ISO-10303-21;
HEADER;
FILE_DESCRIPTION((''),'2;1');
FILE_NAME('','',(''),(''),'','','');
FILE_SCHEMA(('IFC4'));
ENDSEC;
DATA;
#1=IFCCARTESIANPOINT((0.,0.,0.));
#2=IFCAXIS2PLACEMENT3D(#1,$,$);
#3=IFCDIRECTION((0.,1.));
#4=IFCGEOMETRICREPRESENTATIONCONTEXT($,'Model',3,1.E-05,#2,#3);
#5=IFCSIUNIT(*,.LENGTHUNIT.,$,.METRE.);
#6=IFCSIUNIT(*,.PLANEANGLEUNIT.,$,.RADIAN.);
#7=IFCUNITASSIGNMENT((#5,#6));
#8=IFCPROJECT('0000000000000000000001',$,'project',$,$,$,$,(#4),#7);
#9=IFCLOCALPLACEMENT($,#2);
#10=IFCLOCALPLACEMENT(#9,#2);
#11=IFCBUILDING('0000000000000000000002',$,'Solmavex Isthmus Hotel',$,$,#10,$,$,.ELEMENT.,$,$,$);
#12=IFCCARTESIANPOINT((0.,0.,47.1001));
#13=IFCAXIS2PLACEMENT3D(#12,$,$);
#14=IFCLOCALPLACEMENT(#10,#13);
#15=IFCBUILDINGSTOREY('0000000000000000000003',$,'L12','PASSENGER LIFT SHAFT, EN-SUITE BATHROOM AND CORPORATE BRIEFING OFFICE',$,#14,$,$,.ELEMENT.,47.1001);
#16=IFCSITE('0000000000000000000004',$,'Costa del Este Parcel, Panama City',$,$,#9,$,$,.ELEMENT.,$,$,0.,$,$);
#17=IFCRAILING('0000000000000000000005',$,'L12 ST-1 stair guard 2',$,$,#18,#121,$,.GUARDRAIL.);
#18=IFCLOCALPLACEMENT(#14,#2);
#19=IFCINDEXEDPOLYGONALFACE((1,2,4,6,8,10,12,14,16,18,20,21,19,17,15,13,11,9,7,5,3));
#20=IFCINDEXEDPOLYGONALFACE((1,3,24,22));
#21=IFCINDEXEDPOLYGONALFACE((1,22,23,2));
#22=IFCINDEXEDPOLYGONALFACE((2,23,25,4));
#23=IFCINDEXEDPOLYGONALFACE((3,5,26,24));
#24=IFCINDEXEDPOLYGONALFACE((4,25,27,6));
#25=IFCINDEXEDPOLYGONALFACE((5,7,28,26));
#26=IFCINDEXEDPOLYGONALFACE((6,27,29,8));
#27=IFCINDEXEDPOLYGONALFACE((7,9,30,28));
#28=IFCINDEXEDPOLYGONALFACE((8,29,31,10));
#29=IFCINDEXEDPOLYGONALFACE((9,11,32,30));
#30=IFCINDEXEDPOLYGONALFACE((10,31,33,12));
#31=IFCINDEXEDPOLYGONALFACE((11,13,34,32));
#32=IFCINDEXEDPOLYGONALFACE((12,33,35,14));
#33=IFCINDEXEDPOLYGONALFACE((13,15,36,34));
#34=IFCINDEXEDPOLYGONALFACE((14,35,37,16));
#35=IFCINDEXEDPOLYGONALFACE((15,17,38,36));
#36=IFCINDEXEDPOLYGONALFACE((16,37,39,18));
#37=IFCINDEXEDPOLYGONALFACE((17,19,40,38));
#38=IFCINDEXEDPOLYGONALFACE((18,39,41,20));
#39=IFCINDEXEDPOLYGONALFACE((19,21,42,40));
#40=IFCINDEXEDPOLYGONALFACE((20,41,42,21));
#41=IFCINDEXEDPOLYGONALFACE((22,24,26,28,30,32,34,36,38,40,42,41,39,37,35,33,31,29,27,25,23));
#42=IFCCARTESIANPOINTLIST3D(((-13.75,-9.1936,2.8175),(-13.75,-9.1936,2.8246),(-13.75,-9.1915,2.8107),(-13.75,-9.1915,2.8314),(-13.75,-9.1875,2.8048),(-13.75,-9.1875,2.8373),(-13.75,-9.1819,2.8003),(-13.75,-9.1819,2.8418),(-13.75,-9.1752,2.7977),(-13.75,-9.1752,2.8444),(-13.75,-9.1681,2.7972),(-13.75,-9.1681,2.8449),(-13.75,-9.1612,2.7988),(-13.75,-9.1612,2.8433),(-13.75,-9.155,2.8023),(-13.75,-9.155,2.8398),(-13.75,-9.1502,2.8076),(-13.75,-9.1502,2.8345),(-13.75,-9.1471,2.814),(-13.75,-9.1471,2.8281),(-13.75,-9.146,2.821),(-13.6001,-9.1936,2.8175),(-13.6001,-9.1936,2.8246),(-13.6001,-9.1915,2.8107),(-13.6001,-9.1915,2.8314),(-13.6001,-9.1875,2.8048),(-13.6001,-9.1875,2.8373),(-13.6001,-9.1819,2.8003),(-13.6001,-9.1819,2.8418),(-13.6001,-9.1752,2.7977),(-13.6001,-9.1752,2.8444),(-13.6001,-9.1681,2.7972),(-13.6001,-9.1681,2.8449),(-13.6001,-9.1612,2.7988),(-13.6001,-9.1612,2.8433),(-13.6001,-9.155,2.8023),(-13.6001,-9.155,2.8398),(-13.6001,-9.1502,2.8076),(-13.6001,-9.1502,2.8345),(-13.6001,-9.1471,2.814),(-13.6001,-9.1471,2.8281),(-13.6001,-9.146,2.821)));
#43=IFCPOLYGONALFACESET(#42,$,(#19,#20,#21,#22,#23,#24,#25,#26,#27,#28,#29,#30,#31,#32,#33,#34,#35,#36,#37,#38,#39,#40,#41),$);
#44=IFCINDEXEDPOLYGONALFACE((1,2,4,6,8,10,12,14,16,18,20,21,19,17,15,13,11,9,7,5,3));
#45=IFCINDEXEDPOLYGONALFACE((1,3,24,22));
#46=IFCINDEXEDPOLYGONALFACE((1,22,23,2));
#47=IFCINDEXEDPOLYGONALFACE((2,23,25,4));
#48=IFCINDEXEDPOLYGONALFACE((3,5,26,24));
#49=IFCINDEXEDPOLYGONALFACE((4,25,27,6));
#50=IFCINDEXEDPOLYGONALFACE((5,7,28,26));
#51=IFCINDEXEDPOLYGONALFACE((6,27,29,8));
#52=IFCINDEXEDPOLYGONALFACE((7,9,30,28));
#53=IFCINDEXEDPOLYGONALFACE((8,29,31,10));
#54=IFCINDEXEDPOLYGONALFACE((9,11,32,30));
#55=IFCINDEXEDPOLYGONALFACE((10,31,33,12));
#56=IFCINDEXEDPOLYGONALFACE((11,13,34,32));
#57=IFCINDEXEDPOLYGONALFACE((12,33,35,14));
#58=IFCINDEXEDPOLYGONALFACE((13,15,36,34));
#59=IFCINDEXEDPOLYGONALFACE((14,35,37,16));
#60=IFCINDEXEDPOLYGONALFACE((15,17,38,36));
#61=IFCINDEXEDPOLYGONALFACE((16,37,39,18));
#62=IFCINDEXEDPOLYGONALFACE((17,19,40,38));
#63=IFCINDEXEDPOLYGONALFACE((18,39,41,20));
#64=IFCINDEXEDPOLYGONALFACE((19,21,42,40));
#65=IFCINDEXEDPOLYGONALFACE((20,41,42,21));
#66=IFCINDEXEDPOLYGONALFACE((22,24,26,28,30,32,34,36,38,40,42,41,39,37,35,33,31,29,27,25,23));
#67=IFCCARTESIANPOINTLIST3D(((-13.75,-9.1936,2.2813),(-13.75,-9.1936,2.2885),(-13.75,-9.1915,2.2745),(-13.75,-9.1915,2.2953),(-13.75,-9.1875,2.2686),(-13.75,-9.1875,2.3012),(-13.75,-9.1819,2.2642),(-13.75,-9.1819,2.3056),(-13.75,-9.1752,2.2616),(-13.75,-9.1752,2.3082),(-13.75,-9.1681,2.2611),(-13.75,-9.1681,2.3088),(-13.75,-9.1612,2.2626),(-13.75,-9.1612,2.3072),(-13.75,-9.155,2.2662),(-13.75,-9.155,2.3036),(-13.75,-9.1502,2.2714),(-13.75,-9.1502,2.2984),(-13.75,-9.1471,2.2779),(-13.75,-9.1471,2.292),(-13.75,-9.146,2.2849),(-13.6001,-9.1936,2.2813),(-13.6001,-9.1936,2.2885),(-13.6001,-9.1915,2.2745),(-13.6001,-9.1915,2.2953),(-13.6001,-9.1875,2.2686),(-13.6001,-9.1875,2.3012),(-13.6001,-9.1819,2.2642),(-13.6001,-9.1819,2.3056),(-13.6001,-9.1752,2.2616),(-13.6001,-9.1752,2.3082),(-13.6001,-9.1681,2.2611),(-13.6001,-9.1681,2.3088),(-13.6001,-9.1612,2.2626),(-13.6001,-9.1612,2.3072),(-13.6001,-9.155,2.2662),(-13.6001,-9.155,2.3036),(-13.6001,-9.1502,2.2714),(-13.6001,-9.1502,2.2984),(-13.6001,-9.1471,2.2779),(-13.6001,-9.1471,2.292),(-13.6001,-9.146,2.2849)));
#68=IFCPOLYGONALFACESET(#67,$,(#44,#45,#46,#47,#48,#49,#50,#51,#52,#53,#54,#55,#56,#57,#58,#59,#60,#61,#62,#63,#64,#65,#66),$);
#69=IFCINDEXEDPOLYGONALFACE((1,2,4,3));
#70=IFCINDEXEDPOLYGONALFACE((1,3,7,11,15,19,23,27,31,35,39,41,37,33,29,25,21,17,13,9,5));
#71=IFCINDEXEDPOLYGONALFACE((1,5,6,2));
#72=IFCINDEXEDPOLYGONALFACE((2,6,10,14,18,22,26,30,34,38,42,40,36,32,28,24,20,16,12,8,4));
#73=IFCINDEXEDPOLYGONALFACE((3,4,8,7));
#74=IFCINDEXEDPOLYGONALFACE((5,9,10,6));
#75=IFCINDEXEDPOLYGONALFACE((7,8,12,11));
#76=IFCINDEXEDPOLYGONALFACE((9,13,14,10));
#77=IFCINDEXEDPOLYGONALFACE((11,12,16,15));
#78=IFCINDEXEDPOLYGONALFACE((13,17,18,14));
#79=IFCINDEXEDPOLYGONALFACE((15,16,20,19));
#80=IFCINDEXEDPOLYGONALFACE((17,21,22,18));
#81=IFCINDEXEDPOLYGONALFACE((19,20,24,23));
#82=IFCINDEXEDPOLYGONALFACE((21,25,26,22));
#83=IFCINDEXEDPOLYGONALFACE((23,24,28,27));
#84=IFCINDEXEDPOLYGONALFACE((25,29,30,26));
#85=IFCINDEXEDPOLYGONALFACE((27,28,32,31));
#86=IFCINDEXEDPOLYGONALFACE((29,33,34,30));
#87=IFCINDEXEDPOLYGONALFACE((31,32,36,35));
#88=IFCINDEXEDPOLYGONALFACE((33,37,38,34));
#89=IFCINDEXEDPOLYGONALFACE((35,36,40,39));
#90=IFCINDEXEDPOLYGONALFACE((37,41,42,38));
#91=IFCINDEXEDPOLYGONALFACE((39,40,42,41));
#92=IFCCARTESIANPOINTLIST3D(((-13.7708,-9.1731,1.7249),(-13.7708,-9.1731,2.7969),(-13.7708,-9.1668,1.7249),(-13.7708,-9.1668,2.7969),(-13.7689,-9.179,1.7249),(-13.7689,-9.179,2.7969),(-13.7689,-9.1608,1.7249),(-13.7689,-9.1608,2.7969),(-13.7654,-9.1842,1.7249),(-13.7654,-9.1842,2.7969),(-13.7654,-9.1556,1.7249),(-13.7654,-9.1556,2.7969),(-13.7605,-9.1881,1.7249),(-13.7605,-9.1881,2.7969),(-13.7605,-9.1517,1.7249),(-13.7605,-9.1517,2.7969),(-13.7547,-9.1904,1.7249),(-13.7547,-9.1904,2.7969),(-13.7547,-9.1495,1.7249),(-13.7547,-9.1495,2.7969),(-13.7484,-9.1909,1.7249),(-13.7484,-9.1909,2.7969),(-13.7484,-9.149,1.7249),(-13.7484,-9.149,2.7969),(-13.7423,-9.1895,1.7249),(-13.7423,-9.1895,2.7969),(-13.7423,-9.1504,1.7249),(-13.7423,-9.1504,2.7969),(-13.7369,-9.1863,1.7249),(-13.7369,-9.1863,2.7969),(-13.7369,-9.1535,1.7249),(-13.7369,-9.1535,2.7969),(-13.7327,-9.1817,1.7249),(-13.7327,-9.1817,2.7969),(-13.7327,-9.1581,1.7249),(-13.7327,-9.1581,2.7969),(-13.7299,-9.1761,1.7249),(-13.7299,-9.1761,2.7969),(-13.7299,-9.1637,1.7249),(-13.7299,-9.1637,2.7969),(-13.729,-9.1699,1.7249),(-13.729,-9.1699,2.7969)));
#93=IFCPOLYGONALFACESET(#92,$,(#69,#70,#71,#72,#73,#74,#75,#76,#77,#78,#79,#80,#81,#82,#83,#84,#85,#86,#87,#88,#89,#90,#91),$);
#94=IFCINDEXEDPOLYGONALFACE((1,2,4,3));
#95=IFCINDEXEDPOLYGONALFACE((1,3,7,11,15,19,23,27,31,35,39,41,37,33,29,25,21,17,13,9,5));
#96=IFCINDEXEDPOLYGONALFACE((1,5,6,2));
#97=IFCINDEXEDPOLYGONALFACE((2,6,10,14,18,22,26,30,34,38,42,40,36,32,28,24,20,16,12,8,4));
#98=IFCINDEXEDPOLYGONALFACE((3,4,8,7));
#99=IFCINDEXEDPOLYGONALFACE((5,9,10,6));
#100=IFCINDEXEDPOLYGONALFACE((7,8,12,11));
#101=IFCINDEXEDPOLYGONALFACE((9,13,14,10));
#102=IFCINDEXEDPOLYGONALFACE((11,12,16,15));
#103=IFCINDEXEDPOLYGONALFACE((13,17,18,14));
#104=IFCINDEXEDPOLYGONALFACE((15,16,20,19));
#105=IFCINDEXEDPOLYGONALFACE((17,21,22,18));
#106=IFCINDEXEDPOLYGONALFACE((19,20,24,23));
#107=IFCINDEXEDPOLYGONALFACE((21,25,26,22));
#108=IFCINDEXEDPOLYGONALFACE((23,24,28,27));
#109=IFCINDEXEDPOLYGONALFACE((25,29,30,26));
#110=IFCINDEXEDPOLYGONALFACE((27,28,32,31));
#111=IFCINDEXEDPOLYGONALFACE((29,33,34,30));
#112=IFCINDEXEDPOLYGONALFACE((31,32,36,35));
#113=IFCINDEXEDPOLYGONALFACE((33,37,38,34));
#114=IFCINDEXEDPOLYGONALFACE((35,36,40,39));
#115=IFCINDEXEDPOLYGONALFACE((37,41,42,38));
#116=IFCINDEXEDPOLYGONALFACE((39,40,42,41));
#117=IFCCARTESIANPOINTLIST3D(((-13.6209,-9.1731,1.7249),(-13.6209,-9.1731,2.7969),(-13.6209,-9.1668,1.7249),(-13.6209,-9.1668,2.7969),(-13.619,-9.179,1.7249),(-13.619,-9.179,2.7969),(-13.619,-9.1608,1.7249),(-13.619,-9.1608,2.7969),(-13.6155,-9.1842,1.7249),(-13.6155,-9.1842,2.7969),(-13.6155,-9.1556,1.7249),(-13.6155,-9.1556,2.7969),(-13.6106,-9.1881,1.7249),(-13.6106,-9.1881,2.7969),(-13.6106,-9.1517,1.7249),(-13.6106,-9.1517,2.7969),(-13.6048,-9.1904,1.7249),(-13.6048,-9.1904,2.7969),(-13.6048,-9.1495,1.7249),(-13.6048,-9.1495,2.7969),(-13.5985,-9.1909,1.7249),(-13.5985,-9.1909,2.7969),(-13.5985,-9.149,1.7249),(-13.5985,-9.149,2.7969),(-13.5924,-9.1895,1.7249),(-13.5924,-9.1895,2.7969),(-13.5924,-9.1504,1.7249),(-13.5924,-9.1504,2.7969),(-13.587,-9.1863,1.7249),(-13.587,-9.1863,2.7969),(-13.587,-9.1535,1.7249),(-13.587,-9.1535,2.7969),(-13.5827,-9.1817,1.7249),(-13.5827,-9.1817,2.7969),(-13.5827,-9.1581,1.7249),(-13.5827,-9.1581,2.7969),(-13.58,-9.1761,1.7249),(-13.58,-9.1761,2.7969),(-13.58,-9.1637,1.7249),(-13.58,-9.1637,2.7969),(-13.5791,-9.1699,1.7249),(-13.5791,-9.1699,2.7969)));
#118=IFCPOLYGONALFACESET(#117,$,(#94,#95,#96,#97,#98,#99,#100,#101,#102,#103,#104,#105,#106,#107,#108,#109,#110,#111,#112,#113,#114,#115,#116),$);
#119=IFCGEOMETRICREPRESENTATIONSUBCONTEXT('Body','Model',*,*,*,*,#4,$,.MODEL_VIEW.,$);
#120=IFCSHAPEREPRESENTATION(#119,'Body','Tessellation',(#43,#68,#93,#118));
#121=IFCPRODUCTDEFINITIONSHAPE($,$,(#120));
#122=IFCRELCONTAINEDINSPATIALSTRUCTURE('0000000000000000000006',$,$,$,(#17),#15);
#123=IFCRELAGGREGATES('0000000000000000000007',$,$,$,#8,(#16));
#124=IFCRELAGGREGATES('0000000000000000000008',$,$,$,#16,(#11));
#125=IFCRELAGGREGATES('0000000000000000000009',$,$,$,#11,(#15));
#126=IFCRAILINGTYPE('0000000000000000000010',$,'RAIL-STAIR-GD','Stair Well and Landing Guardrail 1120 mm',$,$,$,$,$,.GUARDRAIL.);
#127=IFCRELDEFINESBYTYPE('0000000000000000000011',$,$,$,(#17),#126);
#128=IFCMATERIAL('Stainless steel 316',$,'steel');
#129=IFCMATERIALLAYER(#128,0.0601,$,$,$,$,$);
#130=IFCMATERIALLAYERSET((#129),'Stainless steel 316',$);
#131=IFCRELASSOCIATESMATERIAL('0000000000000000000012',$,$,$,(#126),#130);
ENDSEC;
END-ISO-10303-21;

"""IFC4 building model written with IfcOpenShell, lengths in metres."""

from ifc_helpers import new_model, si_unit, direction, frame, origin, origin_2d, place, context, subcontext, project, spatial, circle, extrude, material, layer, layer_set, type_object, element, save


model = new_model("IFC4")

# Units and contexts
model_context = context("Model", 3, precision=1e-05, world=origin(), true_north=direction((0.0, 1.0)))
body_context = subcontext(model_context, "Body", "Model", "MODEL_VIEW")
ifc_project = project(units=[si_unit("LENGTHUNIT", "METRE"), si_unit("PLANEANGLEUNIT", "RADIAN")], contexts=[model_context])

# Site, building, storey
site_placement = place(None, origin())
site = spatial("IfcSite", under=ifc_project, at=site_placement, Name="Costa del Este Parcel, Panama City", CompositionType="ELEMENT", RefElevation=0.0)
building_placement = place(site_placement, origin())
building = spatial("IfcBuilding", under=site, at=building_placement, Name="Solmavex Isthmus Hotel", CompositionType="ELEMENT")
storey_placement = place(building_placement, frame((0.0, 0.0, 47.1001)))
storey = spatial("IfcBuildingStorey", under=building, at=storey_placement, Name="L12", Description="PASSENGER LIFT SHAFT, EN-SUITE BATHROOM AND CORPORATE BRIEFING OFFICE", CompositionType="ELEMENT", Elevation=47.1001)

# Shared definitions
ifc_material_1 = material(Name="Stainless steel 316", Category="steel")

# Railing
ifc_layer_1 = layer(ifc_material_1, 0.0601)
ifc_layer_set_1 = layer_set([ifc_layer_1], Name="Stainless steel 316")
railing_type_1 = type_object("IfcRailingType", Name="RAIL-STAIR-GD", Description="Stair Well and Landing Guardrail 1120 mm", PredefinedType="GUARDRAIL", material=ifc_layer_set_1)
railing_1_placement = place(storey_placement, frame((-13.75, -9.1699, 1.7249)))
element("IfcRailing", 1, at=railing_1_placement, inside=storey, type_object=railing_type_1, Name="L12 ST-1 stair guard 2", PredefinedType="GUARDRAIL", context=body_context, shape_type="SweptSolid", body=[
    extrude(circle(Radius=0.0239, at=origin_2d()), frame((0.0, 0.0, 1.0962), z_axis=(1.0, 0.0, 0.0), x_axis=(0.0, 1.0, 0.0)), (0.0, 0.0, 1.0), 0.1499),
    extrude(circle(Radius=0.0239, at=origin_2d()), frame((0.0, 0.0, 0.5601), z_axis=(1.0, 0.0, 0.0), x_axis=(0.0, 1.0, 0.0)), (0.0, 0.0, 1.0), 0.1499),
    extrude(circle(Radius=0.021, at=origin_2d()), origin(), (0.0, 0.0, 1.0), 1.072),
    extrude(circle(Radius=0.021, at=origin_2d()), frame((0.1499, 0.0, 0.0)), (0.0, 0.0, 1.0), 1.072),
])

save(model, "model.ifc")
